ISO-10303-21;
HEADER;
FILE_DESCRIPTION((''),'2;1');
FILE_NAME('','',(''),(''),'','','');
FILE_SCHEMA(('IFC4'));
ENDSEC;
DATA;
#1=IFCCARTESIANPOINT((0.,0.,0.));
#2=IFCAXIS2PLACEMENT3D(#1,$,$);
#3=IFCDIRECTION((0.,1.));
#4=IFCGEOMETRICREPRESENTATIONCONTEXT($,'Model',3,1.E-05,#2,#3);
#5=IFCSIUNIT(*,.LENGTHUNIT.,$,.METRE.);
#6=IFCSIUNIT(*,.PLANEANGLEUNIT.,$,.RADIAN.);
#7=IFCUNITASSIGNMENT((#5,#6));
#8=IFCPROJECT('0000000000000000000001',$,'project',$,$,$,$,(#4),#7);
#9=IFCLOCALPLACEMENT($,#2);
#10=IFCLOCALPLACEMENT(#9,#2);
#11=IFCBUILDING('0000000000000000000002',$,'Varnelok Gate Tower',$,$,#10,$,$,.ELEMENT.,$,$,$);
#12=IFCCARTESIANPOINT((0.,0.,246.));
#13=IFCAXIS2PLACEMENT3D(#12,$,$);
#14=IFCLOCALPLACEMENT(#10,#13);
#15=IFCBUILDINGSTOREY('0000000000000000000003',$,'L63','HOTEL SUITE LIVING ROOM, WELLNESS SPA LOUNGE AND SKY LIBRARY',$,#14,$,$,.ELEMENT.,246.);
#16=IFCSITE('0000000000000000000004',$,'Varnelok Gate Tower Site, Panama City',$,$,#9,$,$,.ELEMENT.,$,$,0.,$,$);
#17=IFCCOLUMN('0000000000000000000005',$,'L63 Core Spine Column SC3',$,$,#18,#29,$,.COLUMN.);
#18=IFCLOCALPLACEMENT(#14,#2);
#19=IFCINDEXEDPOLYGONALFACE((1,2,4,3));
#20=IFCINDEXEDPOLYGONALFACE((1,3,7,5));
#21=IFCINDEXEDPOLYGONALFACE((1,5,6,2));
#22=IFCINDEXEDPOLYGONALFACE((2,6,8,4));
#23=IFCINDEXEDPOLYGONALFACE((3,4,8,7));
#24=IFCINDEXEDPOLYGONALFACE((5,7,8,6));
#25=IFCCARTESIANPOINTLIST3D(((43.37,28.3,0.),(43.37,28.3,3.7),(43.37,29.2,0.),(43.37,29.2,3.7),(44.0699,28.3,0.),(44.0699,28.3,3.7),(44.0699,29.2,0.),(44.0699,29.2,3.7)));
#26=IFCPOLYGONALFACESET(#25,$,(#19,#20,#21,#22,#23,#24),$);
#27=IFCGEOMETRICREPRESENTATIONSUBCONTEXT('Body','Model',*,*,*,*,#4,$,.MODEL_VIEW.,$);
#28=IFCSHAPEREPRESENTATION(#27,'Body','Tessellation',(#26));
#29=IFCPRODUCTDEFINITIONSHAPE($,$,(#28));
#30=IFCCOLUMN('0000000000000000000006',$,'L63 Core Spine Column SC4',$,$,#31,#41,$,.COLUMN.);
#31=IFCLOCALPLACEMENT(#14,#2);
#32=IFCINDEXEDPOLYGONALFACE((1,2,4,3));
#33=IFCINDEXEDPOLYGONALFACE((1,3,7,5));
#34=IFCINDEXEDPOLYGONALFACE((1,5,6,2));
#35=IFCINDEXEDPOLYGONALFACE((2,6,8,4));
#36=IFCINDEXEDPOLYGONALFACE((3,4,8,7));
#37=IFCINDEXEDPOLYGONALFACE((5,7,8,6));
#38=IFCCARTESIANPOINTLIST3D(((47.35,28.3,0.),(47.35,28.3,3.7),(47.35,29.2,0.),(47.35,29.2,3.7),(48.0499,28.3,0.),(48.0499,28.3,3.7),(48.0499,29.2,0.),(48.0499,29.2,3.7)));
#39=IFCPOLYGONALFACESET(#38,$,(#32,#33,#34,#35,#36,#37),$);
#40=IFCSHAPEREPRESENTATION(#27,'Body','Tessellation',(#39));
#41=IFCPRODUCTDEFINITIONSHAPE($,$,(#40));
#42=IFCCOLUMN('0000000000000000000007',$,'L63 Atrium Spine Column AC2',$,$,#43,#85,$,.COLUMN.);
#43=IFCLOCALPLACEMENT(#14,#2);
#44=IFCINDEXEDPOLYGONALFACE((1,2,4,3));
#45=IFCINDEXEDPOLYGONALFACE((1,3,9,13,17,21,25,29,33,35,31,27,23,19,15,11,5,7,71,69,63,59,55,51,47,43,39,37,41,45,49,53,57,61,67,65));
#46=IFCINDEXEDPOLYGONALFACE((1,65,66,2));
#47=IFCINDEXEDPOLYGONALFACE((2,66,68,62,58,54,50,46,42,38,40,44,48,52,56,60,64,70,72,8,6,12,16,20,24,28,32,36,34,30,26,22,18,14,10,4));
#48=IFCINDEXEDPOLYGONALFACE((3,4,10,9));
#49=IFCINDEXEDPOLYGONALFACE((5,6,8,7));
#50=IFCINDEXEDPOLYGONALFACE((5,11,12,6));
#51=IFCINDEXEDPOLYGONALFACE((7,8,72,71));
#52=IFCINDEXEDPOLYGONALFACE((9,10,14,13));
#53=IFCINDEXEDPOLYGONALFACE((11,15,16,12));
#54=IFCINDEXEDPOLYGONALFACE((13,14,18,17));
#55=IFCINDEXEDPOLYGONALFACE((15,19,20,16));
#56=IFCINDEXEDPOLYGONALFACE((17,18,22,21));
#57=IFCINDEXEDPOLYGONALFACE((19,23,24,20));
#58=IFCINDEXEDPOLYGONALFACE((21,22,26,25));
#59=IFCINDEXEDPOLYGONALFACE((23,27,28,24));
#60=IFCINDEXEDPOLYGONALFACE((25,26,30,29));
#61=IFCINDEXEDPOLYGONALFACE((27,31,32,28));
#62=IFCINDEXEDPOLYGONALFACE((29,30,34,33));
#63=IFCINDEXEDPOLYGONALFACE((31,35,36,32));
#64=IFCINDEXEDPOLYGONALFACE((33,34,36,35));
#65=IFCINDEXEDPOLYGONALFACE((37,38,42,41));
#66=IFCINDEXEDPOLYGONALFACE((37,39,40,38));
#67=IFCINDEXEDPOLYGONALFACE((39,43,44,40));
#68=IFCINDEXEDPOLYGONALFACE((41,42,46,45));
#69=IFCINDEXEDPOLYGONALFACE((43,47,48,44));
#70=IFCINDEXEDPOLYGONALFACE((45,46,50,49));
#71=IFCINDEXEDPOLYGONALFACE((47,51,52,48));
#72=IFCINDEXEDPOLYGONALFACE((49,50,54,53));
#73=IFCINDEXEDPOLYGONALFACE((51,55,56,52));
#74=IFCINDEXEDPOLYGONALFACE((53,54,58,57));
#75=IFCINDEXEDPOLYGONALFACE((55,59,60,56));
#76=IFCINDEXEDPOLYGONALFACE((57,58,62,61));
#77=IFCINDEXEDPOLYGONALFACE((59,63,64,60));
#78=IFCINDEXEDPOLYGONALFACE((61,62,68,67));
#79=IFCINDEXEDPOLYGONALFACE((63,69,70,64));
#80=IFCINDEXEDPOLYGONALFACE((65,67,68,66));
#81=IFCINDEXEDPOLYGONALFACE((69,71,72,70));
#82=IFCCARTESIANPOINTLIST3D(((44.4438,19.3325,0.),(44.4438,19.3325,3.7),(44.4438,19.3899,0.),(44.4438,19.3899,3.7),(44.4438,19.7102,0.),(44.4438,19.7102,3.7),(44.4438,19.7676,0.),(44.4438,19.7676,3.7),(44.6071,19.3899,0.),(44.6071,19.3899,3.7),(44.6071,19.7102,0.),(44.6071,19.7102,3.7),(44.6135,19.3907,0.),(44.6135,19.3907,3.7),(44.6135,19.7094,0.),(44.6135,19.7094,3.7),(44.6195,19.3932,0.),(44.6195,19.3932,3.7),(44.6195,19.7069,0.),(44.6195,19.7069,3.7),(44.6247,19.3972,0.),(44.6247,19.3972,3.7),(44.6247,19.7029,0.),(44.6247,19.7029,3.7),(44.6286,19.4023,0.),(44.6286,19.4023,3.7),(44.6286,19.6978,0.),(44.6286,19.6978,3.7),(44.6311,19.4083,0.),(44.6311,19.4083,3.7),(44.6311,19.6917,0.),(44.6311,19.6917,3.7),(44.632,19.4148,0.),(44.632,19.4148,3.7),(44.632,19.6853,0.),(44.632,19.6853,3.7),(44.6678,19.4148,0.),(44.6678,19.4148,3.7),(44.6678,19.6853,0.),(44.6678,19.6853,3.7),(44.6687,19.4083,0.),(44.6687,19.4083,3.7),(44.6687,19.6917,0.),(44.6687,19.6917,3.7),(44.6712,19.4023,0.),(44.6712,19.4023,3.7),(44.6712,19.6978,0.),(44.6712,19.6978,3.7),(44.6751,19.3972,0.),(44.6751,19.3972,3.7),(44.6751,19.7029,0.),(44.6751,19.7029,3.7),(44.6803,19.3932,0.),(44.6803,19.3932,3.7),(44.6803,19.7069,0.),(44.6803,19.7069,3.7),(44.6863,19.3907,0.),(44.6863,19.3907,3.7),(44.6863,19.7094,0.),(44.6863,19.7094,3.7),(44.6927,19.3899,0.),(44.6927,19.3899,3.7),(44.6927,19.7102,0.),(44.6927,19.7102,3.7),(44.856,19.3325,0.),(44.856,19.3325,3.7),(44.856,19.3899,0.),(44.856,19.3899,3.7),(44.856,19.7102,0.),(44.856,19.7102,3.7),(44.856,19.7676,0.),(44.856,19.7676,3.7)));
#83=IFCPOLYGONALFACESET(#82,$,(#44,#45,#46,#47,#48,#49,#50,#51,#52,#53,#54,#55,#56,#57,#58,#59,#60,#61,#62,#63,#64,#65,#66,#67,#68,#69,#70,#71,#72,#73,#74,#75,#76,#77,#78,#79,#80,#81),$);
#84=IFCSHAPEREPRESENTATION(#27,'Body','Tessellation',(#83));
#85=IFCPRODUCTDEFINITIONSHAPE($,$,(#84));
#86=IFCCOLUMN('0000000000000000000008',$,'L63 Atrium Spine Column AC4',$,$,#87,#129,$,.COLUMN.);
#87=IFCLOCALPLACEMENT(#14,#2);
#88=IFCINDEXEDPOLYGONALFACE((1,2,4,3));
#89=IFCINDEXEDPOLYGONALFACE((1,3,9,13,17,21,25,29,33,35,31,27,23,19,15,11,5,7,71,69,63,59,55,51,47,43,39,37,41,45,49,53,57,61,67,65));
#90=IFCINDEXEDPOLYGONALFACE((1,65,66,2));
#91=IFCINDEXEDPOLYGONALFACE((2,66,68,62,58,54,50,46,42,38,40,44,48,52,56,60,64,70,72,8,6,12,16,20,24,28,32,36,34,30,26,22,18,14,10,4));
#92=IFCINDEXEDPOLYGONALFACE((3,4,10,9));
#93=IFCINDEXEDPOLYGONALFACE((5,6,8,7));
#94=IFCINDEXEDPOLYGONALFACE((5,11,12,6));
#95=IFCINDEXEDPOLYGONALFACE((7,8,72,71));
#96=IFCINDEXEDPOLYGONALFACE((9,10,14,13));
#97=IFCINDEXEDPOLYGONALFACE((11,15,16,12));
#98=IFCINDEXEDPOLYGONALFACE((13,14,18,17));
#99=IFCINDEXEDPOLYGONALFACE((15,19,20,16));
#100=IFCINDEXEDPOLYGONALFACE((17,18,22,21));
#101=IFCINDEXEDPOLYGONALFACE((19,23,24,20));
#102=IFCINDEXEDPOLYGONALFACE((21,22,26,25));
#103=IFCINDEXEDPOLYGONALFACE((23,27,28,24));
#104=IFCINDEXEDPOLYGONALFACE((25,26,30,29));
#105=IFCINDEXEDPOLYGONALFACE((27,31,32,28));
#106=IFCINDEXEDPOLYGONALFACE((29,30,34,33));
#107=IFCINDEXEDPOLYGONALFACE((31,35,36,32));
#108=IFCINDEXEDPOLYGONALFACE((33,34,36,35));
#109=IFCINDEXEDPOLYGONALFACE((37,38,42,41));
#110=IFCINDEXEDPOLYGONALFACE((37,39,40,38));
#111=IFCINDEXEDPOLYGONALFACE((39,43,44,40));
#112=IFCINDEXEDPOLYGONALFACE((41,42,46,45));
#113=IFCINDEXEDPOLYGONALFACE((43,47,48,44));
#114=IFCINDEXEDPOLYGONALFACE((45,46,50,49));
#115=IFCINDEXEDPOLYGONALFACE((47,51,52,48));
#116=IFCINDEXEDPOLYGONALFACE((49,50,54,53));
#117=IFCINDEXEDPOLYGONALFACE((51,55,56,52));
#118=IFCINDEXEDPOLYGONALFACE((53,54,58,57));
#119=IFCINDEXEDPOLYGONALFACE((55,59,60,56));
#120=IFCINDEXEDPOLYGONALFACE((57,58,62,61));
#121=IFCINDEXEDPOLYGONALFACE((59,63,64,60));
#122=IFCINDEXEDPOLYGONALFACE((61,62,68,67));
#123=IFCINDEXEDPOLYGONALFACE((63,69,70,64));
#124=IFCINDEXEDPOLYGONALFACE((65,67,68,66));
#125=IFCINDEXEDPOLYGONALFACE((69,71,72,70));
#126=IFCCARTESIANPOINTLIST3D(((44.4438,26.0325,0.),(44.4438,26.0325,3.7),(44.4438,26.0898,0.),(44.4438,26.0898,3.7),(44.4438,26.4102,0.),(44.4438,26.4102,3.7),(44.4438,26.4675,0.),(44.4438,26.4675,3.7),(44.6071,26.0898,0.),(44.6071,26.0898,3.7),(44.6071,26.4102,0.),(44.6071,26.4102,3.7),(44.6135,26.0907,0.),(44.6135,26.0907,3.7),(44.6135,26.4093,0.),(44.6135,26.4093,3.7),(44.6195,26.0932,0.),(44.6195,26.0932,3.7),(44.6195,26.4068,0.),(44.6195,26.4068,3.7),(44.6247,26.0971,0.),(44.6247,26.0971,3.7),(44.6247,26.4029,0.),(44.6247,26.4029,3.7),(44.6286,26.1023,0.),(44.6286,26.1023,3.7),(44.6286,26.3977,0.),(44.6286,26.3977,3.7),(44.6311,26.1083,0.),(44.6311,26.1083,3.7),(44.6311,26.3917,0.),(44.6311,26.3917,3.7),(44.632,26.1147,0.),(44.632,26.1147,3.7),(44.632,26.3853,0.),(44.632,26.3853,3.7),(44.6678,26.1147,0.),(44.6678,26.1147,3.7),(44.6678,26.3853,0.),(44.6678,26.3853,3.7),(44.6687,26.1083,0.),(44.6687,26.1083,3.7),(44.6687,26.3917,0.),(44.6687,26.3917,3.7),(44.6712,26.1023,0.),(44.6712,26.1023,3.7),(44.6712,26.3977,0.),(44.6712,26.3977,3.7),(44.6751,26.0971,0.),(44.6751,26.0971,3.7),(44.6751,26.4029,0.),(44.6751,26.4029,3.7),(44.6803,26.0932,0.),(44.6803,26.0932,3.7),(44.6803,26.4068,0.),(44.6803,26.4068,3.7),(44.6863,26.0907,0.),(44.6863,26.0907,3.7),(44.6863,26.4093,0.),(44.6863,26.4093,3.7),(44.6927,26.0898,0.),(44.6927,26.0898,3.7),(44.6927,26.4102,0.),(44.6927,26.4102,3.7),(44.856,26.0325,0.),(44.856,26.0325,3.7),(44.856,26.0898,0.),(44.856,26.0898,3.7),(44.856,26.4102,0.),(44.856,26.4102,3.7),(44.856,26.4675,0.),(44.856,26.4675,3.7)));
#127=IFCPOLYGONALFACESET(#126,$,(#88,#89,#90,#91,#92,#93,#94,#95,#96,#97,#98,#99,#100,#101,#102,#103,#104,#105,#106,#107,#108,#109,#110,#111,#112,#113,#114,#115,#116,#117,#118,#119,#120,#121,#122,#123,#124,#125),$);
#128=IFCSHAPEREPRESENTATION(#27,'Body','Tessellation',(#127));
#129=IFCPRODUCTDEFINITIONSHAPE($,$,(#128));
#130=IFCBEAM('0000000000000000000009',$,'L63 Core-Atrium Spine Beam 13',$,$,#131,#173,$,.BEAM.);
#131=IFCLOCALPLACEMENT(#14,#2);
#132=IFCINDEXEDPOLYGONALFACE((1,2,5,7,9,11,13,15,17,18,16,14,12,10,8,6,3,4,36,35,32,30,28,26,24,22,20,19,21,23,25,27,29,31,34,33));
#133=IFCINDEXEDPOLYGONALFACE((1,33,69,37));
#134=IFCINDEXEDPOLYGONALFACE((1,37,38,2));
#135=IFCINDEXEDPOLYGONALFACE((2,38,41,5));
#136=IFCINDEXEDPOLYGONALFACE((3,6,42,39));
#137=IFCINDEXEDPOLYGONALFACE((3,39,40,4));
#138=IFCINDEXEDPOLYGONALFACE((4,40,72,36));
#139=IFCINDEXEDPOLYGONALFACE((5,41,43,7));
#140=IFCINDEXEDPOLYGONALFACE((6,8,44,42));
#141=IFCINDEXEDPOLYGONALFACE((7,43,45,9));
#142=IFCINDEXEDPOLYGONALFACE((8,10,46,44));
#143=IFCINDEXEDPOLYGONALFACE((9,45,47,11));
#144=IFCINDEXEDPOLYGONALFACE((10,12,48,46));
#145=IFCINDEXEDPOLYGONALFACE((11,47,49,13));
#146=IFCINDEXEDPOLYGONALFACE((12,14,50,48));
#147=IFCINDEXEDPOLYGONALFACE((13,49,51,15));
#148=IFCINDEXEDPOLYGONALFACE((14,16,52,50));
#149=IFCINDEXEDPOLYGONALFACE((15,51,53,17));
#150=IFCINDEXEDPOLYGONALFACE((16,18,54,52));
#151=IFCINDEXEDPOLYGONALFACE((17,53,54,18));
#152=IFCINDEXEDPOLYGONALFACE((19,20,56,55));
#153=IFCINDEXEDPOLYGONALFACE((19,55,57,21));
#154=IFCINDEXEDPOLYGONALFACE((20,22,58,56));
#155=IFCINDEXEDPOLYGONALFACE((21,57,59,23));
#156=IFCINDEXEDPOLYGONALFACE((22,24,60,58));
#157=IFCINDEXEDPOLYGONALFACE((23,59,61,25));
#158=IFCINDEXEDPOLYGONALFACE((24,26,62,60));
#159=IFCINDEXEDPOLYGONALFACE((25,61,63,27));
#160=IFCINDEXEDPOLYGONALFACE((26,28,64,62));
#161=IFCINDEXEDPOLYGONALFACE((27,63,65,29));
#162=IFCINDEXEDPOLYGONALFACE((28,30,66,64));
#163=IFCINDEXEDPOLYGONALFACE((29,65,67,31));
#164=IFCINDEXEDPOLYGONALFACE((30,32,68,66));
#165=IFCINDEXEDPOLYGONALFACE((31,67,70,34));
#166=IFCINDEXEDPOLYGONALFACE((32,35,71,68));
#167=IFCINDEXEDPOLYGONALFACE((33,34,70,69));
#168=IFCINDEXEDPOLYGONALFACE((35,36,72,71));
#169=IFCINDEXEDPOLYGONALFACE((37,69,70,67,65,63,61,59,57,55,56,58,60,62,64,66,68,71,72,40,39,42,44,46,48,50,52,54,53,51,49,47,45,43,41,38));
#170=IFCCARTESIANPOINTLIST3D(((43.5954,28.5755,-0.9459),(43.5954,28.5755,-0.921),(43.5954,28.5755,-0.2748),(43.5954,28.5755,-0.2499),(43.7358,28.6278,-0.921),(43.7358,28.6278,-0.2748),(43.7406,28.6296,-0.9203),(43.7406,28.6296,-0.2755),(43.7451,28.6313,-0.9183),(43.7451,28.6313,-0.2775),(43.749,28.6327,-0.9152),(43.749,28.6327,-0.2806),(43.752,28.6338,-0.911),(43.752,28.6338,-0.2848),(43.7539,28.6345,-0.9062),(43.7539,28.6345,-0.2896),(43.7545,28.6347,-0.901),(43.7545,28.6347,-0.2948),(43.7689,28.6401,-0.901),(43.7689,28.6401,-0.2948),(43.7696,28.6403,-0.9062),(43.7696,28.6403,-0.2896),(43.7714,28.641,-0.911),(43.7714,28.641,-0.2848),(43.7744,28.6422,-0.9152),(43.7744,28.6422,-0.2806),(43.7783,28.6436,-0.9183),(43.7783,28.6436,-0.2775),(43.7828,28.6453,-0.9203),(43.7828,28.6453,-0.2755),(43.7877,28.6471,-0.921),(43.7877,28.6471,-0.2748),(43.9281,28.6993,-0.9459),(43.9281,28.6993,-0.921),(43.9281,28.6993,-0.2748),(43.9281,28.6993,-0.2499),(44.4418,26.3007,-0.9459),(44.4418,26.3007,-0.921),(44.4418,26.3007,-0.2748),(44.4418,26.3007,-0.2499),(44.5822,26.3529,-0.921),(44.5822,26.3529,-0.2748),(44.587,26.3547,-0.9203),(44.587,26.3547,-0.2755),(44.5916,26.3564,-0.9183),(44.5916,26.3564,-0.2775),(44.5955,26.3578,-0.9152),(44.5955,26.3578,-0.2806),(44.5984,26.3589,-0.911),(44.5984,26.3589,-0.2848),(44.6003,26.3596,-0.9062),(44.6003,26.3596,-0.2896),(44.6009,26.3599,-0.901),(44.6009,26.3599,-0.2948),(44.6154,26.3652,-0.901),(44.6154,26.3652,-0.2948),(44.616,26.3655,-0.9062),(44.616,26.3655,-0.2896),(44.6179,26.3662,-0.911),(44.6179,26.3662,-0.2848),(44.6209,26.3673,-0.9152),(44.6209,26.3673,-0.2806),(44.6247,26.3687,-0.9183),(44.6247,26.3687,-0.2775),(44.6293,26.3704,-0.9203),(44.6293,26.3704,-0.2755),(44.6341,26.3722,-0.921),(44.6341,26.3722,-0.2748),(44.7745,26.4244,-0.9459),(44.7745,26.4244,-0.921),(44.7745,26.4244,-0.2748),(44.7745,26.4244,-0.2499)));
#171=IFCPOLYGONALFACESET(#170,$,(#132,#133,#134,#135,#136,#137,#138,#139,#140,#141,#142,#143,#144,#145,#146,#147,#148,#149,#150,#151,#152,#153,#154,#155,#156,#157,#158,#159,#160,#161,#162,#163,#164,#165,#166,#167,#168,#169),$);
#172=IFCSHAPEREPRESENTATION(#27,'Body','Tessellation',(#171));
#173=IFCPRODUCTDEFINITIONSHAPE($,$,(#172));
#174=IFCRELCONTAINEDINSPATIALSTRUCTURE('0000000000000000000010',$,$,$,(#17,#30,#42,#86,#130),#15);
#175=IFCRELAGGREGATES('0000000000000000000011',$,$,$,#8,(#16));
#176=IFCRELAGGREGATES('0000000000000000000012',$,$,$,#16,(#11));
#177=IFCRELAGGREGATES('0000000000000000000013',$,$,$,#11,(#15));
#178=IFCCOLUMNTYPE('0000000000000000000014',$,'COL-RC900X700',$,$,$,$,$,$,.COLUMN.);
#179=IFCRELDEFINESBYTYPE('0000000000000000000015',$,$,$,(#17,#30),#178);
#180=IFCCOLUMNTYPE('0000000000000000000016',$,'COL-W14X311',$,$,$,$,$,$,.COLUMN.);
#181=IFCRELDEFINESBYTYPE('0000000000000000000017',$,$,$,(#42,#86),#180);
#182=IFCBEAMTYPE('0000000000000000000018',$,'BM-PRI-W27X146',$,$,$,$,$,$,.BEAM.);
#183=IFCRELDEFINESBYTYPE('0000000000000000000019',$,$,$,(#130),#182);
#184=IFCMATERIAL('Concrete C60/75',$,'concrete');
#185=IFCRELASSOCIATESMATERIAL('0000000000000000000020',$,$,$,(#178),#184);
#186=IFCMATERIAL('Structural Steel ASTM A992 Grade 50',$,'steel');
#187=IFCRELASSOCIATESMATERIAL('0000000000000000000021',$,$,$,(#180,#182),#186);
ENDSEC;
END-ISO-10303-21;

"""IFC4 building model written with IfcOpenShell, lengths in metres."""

from ifc_helpers import new_model, si_unit, direction, frame, origin, origin_2d, place, context, subcontext, project, spatial, rectangle, i_section, extrude, material, material_profile, profile_set, type_object, element, save


model = new_model("IFC4")

# Units and contexts
model_context = context("Model", 3, precision=1e-05, world=origin(), true_north=direction((0.0, 1.0)))
body_context = subcontext(model_context, "Body", "Model", "MODEL_VIEW")
ifc_project = project(units=[si_unit("LENGTHUNIT", "METRE"), si_unit("PLANEANGLEUNIT", "RADIAN")], contexts=[model_context])

# Site, building, storey
site_placement = place(None, origin())
site = spatial("IfcSite", under=ifc_project, at=site_placement, Name="Varnelok Gate Tower Site, Panama City", CompositionType="ELEMENT", RefElevation=0.0)
building_placement = place(site_placement, origin())
building = spatial("IfcBuilding", under=site, at=building_placement, Name="Varnelok Gate Tower", CompositionType="ELEMENT")
storey_placement = place(building_placement, frame((0.0, 0.0, 246.0)))
storey = spatial("IfcBuildingStorey", under=building, at=storey_placement, Name="L63", Description="HOTEL SUITE LIVING ROOM, WELLNESS SPA LOUNGE AND SKY LIBRARY", CompositionType="ELEMENT", Elevation=246.0)

# Columns
ifc_material_1 = material(Name="Concrete C60/75", Category="concrete")
ifc_material_profile_1 = material_profile(ifc_material_1, rectangle(XDim=0.7, YDim=0.8999, at=origin_2d()), Name="RC900X700")
ifc_profile_set_1 = profile_set([ifc_material_profile_1], Name="Concrete C60/75")
column_type_1 = type_object("IfcColumnType", Name="COL-RC900X700", PredefinedType="COLUMN", material=ifc_profile_set_1)
for number, where, z_axis, x_axis, name in (
    (1, (43.72, 28.75, 0.0), (0.0, 0.0, 1.0), (1.0, 0.0, 0.0), "L63 Core Spine Column SC3"),
    (2, (47.7, 28.75, 0.0), (0.0, 0.0, 1.0), (1.0, 0.0, 0.0), "L63 Core Spine Column SC4"),
):
    element("IfcColumn", number, at=place(storey_placement, frame(where, z_axis=z_axis, x_axis=x_axis)), inside=storey, type_object=column_type_1, Name=name, PredefinedType="COLUMN", context=body_context, shape_type="SweptSolid", body=[
        extrude(rectangle(XDim=0.7, YDim=0.8999, at=origin_2d()), origin(), (0.0, 0.0, 1.0), 3.7),
    ])
ifc_material_2 = material(Name="Structural Steel ASTM A992 Grade 50", Category="steel")
ifc_material_profile_2 = material_profile(ifc_material_2, i_section(OverallWidth=0.4121, OverallDepth=0.4351, WebThickness=0.0359, FlangeThickness=0.0574, FilletRadius=0.0249, at=origin_2d()), Name="W14X311")
ifc_profile_set_2 = profile_set([ifc_material_profile_2], Name="Structural Steel ASTM A992 Grade 50")
column_type_2 = type_object("IfcColumnType", Name="COL-W14X311", PredefinedType="COLUMN", material=ifc_profile_set_2)
for number, where, z_axis, x_axis, name in (
    (3, (44.6499, 19.55, 0.0), (0.0, 0.0, 1.0), (1.0, 0.0, 0.0), "L63 Atrium Spine Column AC2"),
    (4, (44.6499, 26.25, 0.0), (0.0, 0.0, 1.0), (1.0, 0.0, 0.0), "L63 Atrium Spine Column AC4"),
):
    element("IfcColumn", number, at=place(storey_placement, frame(where, z_axis=z_axis, x_axis=x_axis)), inside=storey, type_object=column_type_2, Name=name, PredefinedType="COLUMN", context=body_context, shape_type="SweptSolid", body=[
        extrude(i_section(OverallWidth=0.4121, OverallDepth=0.4351, WebThickness=0.0359, FlangeThickness=0.0574, FilletRadius=0.0249, at=origin_2d()), origin(), (0.0, 0.0, 1.0), 3.7),
    ])

# Beam
ifc_material_profile_3 = material_profile(ifc_material_2, i_section(OverallWidth=0.355, OverallDepth=0.696, WebThickness=0.0154, FlangeThickness=0.0249, FilletRadius=0.02, at=origin_2d()), Name="W27X146")
ifc_profile_set_3 = profile_set([ifc_material_profile_3], Name="Structural Steel ASTM A992 Grade 50")
beam_type_1 = type_object("IfcBeamType", Name="BM-PRI-W27X146", PredefinedType="BEAM", material=ifc_profile_set_3)
beam_1_placement = place(storey_placement, frame((44.6082, 26.3625, -0.5979), z_axis=(-0.348719, 0.937227, 0.0), x_axis=(-0.937227, -0.348719, 0.0)))
element("IfcBeam", 5, at=beam_1_placement, inside=storey, type_object=beam_type_1, Name="L63 Core-Atrium Spine Beam 13", PredefinedType="BEAM", context=body_context, shape_type="SweptSolid", body=[
    extrude(i_section(OverallWidth=0.355, OverallDepth=0.696, WebThickness=0.0154, FlangeThickness=0.0249, FilletRadius=0.02, at=origin_2d()), origin(), (0.0, 0.0, 1.0), 2.4272),
])

save(model, "model.ifc")
